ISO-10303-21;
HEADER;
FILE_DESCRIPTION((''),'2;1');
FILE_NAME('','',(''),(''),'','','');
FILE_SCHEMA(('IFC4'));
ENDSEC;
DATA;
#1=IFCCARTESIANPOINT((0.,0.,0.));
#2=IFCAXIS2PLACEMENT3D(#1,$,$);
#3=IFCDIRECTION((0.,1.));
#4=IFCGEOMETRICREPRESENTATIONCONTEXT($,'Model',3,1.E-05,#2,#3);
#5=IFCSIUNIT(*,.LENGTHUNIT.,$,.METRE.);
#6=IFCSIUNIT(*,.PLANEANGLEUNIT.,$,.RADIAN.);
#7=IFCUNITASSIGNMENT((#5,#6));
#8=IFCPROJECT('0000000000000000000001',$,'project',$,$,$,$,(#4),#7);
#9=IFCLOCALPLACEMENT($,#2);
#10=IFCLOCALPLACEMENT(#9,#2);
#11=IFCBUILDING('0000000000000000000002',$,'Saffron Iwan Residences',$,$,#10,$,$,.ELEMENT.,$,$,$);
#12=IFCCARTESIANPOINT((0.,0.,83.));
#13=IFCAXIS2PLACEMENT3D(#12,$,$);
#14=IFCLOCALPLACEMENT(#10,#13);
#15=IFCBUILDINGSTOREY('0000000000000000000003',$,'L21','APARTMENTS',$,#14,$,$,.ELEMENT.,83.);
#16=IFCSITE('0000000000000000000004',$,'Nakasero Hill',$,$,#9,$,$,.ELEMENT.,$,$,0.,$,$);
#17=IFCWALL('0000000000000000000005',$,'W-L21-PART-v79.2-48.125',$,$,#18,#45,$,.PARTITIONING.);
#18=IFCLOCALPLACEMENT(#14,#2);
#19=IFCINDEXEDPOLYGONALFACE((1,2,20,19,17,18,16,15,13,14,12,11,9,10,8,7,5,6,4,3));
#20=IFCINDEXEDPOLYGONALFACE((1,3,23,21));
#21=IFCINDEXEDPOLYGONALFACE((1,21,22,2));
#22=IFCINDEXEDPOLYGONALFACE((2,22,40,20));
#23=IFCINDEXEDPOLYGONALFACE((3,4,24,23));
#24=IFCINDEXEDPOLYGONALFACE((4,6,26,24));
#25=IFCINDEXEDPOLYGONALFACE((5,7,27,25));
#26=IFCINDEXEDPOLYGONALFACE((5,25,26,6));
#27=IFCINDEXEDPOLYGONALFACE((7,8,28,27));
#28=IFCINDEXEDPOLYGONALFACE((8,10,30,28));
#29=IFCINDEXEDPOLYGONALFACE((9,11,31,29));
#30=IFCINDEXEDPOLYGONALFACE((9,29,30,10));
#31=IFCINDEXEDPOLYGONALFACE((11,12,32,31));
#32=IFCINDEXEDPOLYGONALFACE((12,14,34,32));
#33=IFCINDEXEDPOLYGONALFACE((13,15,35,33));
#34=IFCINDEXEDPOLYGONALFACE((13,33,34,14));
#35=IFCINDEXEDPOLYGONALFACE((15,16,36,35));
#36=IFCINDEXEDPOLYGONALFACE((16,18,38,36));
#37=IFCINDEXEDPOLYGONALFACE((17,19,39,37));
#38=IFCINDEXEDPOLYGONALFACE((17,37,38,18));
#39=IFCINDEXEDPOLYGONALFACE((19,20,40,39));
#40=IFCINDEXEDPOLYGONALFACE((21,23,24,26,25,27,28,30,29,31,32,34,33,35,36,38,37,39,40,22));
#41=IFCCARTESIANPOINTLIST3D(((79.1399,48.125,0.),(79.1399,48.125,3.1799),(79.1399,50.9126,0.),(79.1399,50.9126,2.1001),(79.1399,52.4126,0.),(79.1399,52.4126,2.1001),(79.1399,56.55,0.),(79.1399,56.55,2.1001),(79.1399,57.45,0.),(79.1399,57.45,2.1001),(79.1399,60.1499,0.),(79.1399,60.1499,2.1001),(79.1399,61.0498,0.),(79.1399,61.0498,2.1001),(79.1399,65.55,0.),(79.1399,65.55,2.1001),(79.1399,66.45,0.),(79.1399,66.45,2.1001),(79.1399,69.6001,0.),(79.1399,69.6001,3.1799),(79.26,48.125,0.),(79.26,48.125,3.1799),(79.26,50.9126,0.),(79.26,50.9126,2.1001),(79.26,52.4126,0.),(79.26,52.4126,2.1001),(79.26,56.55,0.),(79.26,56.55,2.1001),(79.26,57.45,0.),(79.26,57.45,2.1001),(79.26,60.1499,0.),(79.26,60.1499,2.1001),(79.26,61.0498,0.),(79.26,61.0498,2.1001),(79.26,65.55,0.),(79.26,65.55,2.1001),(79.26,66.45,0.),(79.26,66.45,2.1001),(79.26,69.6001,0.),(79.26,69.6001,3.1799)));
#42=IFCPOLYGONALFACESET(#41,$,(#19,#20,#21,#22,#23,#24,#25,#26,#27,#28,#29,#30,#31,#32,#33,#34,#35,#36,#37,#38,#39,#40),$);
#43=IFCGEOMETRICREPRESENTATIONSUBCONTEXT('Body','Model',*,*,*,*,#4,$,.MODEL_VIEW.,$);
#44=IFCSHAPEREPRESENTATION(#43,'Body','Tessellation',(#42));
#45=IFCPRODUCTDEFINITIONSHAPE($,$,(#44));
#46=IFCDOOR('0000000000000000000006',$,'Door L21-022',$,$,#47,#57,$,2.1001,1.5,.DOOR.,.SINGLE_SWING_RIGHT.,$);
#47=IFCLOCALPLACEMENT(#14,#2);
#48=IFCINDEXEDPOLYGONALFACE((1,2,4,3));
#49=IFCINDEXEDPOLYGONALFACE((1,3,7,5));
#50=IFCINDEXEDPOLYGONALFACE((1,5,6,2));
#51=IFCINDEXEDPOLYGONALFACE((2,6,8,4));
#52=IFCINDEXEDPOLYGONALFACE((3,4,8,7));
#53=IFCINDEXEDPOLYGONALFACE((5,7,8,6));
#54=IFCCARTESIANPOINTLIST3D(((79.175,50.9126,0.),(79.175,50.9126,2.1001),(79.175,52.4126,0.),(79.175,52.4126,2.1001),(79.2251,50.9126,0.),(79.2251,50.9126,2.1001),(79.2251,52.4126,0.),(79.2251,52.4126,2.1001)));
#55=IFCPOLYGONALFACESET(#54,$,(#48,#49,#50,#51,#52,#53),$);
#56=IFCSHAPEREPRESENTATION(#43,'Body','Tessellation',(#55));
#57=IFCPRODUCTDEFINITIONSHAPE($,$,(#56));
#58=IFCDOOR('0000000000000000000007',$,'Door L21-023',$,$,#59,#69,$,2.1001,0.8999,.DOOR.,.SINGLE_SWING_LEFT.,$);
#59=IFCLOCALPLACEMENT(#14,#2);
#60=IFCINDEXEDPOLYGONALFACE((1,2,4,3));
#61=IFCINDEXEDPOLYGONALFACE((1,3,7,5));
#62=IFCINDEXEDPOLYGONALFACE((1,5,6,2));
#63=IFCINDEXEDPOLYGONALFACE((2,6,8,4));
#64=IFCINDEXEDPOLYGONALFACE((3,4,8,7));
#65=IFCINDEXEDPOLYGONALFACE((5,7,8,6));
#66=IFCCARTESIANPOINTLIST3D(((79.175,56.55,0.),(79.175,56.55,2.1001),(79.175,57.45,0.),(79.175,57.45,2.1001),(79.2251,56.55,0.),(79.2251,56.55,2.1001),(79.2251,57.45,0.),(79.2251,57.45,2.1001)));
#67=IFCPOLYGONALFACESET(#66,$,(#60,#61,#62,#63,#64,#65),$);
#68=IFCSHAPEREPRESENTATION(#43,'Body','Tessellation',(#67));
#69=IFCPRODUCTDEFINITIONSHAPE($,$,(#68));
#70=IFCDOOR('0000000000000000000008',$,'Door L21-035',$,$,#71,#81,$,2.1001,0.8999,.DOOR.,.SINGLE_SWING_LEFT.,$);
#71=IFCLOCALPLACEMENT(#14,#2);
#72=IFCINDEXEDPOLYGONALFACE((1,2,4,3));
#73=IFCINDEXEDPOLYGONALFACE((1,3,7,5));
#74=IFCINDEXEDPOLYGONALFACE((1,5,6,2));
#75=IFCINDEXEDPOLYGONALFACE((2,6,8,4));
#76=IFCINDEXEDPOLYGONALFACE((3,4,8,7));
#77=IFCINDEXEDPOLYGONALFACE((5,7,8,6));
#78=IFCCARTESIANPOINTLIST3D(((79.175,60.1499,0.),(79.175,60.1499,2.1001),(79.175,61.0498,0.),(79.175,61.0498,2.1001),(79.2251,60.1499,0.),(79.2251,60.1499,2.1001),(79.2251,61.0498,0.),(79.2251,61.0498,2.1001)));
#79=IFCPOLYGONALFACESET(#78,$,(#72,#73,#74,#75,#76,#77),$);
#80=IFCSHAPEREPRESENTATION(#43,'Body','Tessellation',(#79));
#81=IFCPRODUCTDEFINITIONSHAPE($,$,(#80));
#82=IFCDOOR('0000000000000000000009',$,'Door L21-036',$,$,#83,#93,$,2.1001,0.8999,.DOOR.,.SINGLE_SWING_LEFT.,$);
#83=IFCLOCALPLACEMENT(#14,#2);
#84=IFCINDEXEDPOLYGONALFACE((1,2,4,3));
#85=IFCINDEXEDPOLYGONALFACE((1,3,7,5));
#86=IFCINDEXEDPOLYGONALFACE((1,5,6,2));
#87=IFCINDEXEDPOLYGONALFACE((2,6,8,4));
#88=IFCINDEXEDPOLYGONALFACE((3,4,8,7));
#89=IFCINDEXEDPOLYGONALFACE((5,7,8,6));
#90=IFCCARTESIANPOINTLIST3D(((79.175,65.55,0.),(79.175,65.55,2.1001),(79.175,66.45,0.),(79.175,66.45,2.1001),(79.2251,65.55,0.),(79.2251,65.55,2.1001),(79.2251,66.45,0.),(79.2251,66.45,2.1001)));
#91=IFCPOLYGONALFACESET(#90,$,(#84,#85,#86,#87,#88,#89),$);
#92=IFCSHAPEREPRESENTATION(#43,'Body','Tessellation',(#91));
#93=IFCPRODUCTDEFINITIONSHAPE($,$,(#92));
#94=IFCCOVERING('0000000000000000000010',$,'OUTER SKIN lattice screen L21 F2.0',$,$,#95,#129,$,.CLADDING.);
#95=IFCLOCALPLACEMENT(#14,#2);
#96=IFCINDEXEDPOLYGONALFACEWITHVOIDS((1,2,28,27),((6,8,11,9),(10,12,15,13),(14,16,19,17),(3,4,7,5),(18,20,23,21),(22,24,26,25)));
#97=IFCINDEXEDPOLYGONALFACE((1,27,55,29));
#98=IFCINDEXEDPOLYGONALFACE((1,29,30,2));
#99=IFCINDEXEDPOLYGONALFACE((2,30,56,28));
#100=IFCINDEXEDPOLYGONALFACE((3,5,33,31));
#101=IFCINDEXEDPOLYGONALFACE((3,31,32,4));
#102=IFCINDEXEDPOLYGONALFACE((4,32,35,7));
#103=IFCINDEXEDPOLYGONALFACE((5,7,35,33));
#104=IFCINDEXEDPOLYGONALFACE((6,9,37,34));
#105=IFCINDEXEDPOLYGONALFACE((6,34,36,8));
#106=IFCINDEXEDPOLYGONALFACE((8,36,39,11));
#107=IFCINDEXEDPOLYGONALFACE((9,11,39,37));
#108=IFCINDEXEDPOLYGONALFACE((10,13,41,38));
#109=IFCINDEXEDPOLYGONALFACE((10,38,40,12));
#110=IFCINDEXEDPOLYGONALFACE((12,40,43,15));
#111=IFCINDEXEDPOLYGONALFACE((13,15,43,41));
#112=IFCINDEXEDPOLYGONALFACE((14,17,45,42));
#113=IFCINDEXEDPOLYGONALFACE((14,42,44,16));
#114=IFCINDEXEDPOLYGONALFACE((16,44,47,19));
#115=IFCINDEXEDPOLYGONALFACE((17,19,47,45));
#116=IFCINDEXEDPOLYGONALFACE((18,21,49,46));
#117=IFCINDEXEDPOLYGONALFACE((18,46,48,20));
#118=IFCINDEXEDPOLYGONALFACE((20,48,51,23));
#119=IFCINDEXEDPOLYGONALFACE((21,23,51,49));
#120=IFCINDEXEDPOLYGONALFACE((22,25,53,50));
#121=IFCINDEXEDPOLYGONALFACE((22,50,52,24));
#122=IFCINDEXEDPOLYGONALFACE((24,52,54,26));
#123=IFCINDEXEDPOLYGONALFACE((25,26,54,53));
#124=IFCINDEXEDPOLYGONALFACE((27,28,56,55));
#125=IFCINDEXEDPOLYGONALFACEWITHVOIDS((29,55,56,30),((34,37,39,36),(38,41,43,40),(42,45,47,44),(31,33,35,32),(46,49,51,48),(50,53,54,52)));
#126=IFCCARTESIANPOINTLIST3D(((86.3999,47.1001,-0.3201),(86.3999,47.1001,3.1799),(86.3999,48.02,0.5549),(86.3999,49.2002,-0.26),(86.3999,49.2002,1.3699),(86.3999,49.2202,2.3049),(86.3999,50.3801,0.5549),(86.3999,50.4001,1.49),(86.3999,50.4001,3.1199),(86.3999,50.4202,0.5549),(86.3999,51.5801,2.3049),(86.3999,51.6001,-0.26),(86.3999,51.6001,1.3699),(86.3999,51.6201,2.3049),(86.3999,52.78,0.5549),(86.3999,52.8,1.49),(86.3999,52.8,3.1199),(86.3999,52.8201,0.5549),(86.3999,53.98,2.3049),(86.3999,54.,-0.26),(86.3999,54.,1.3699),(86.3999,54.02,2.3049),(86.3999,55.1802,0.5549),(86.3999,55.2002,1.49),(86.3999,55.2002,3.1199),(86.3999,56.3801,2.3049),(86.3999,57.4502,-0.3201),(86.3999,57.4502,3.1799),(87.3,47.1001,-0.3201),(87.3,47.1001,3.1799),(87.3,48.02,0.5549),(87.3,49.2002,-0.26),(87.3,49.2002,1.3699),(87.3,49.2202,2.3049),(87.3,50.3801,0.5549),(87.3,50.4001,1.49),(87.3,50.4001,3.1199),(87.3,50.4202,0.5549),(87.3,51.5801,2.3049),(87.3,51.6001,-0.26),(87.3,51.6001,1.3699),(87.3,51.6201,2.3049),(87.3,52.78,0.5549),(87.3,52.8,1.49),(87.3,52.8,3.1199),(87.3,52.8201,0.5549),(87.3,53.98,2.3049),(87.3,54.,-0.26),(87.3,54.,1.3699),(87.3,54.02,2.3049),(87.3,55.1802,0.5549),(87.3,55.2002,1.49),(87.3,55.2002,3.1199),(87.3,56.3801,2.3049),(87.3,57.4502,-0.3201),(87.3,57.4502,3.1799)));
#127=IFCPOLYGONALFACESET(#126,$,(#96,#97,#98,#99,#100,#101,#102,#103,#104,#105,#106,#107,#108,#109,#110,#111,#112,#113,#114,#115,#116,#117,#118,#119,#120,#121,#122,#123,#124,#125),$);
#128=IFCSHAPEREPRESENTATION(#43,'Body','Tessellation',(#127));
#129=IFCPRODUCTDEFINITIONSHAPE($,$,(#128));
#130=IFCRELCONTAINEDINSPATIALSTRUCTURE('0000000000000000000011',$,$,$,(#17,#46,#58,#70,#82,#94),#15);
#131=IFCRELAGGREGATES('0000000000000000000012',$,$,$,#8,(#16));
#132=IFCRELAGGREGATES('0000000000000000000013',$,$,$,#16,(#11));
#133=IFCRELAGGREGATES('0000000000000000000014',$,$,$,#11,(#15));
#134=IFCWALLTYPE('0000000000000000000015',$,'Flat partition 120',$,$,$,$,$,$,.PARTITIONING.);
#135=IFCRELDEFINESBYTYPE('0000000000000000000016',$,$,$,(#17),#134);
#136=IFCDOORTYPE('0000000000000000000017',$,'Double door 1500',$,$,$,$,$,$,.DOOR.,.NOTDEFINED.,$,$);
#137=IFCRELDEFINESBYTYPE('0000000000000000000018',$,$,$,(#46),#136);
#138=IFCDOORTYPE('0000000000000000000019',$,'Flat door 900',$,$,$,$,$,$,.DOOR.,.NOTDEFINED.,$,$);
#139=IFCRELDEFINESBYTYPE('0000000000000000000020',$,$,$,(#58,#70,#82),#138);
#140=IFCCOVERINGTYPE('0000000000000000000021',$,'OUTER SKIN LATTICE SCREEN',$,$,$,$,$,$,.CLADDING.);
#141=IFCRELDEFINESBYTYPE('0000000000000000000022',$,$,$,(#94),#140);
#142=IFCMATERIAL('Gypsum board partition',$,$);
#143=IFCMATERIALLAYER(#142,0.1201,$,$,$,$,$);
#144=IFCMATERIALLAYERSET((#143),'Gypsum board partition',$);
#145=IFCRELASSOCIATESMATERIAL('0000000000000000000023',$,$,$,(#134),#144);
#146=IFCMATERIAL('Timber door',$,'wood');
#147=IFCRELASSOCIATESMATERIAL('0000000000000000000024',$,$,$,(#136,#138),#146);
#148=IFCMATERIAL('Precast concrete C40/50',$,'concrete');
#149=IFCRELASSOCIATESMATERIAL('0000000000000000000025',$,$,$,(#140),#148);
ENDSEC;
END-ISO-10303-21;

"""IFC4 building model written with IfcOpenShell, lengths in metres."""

from ifc_helpers import new_model, si_unit, direction, frame, frame_2d, origin, place, context, subcontext, project, spatial, polyline, rectangle, outline, extrude, material, layer, layer_set, type_object, element, fill, save


model = new_model("IFC4")

# Units and contexts
model_context = context("Model", 3, precision=1e-05, world=origin(), true_north=direction((0.0, 1.0)))
body_context = subcontext(model_context, "Body", "Model", "MODEL_VIEW")
ifc_project = project(units=[si_unit("LENGTHUNIT", "METRE"), si_unit("PLANEANGLEUNIT", "RADIAN")], contexts=[model_context])

# Site, building, storey
site_placement = place(None, origin())
site = spatial("IfcSite", under=ifc_project, at=site_placement, Name="Nakasero Hill", CompositionType="ELEMENT", RefElevation=0.0)
building_placement = place(site_placement, origin())
building = spatial("IfcBuilding", under=site, at=building_placement, Name="Saffron Iwan Residences", CompositionType="ELEMENT")
storey_placement = place(building_placement, frame((0.0, 0.0, 83.0)))
storey = spatial("IfcBuildingStorey", under=building, at=storey_placement, Name="L21", Description="APARTMENTS", CompositionType="ELEMENT", Elevation=83.0)

# Shared definitions
ifc_material_1 = material(Name="Gypsum board partition")
ifc_layer_1 = layer(ifc_material_1, 0.1201)
ifc_layer_set_1 = layer_set([ifc_layer_1], Name="Gypsum board partition")
wall_type_1 = type_object("IfcWallType", Name="Flat partition 120", PredefinedType="PARTITIONING", material=ifc_layer_set_1)

# Wall, openings, doors
wall_1_placement = place(storey_placement, frame((79.2, 48.125, 0.0), z_axis=(0.0, 0.0, 1.0), x_axis=(0.0, 1.0, 0.0)))
wall_1 = element("IfcWall", 1, at=wall_1_placement, inside=storey, type_object=wall_type_1, Name="W-L21-PART-v79.2-48.125", PredefinedType="PARTITIONING", context=body_context, shape_type="SweptSolid", body=[
    extrude(rectangle(XDim=21.4751, YDim=0.1201, at=frame_2d((10.7375, 0.0))), origin(), (0.0, 0.0, 1.0), 3.1799),
])
opening_1_placement = place(wall_1_placement, frame((2.7876, 0.0, 0.0)))
opening_1 = element("IfcOpeningElement", 2, at=opening_1_placement, cuts=wall_1, PredefinedType="OPENING", context=body_context, shape_type="SweptSolid", body=[
    extrude(rectangle(XDim=1.5, YDim=2.1001, at=frame_2d((0.75, 1.05))), frame((0.0, 0.0701, 0.0), z_axis=(0.0, -1.0, 0.0), x_axis=(1.0, 0.0, 0.0)), (0.0, 0.0, 1.0), 0.1401),
])
opening_2_placement = place(wall_1_placement, frame((8.425, 0.0, 0.0)))
opening_2 = element("IfcOpeningElement", 3, at=opening_2_placement, cuts=wall_1, PredefinedType="OPENING", context=body_context, shape_type="SweptSolid", body=[
    extrude(rectangle(XDim=0.8999, YDim=2.1001, at=frame_2d((0.45, 1.05))), frame((0.0, 0.0701, 0.0), z_axis=(0.0, -1.0, 0.0), x_axis=(1.0, 0.0, 0.0)), (0.0, 0.0, 1.0), 0.1401),
])
opening_3_placement = place(wall_1_placement, frame((12.0249, 0.0, 0.0)))
opening_3 = element("IfcOpeningElement", 4, at=opening_3_placement, cuts=wall_1, PredefinedType="OPENING", context=body_context, shape_type="SweptSolid", body=[
    extrude(rectangle(XDim=0.8999, YDim=2.1001, at=frame_2d((0.45, 1.05))), frame((0.0, 0.0701, 0.0), z_axis=(0.0, -1.0, 0.0), x_axis=(1.0, 0.0, 0.0)), (0.0, 0.0, 1.0), 0.1401),
])
opening_4_placement = place(wall_1_placement, frame((17.425, 0.0, 0.0)))
opening_4 = element("IfcOpeningElement", 5, at=opening_4_placement, cuts=wall_1, PredefinedType="OPENING", context=body_context, shape_type="SweptSolid", body=[
    extrude(rectangle(XDim=0.8999, YDim=2.1001, at=frame_2d((0.45, 1.05))), frame((0.0, 0.0701, 0.0), z_axis=(0.0, -1.0, 0.0), x_axis=(1.0, 0.0, 0.0)), (0.0, 0.0, 1.0), 0.1401),
])
ifc_material_2 = material(Name="Timber door", Category="wood")
door_type_1 = type_object("IfcDoorType", Name="Double door 1500", OperationType="NOTDEFINED", PredefinedType="DOOR", material=ifc_material_2)
door_1_placement = place(opening_1_placement, origin())
door_1 = element("IfcDoor", 6, at=door_1_placement, inside=storey, type_object=door_type_1, Name="Door L21-022", OperationType="SINGLE_SWING_RIGHT", OverallHeight=2.1001, OverallWidth=1.5, PredefinedType="DOOR", context=body_context, shape_type="SweptSolid", body=[
    extrude(rectangle(XDim=1.5, YDim=2.1001, at=frame_2d((0.75, 1.05))), frame((0.0, 0.0249, 0.0), z_axis=(0.0, -1.0, 0.0), x_axis=(1.0, 0.0, 0.0)), (0.0, 0.0, 1.0), 0.05),
])
fill(opening_1, door_1)
door_type_2 = type_object("IfcDoorType", Name="Flat door 900", OperationType="NOTDEFINED", PredefinedType="DOOR", material=ifc_material_2)
door_2_placement = place(opening_2_placement, origin())
door_2 = element("IfcDoor", 7, at=door_2_placement, inside=storey, type_object=door_type_2, Name="Door L21-023", OperationType="SINGLE_SWING_LEFT", OverallHeight=2.1001, OverallWidth=0.8999, PredefinedType="DOOR", context=body_context, shape_type="SweptSolid", body=[
    extrude(rectangle(XDim=0.8999, YDim=2.1001, at=frame_2d((0.45, 1.05))), frame((0.0, 0.0249, 0.0), z_axis=(0.0, -1.0, 0.0), x_axis=(1.0, 0.0, 0.0)), (0.0, 0.0, 1.0), 0.05),
])
fill(opening_2, door_2)
door_3_placement = place(opening_3_placement, origin())
door_3 = element("IfcDoor", 8, at=door_3_placement, inside=storey, type_object=door_type_2, Name="Door L21-035", OperationType="SINGLE_SWING_LEFT", OverallHeight=2.1001, OverallWidth=0.8999, PredefinedType="DOOR", context=body_context, shape_type="SweptSolid", body=[
    extrude(rectangle(XDim=0.8999, YDim=2.1001, at=frame_2d((0.45, 1.05))), frame((0.0, 0.0249, 0.0), z_axis=(0.0, -1.0, 0.0), x_axis=(1.0, 0.0, 0.0)), (0.0, 0.0, 1.0), 0.05),
])
fill(opening_3, door_3)
door_4_placement = place(opening_4_placement, origin())
door_4 = element("IfcDoor", 9, at=door_4_placement, inside=storey, type_object=door_type_2, Name="Door L21-036", OperationType="SINGLE_SWING_LEFT", OverallHeight=2.1001, OverallWidth=0.8999, PredefinedType="DOOR", context=body_context, shape_type="SweptSolid", body=[
    extrude(rectangle(XDim=0.8999, YDim=2.1001, at=frame_2d((0.45, 1.05))), frame((0.0, 0.0249, 0.0), z_axis=(0.0, -1.0, 0.0), x_axis=(1.0, 0.0, 0.0)), (0.0, 0.0, 1.0), 0.05),
])
fill(opening_4, door_4)

# Covering
ifc_material_3 = material(Name="Precast concrete C40/50", Category="concrete")
covering_type = type_object("IfcCoveringType", Name="OUTER SKIN LATTICE SCREEN", PredefinedType="CLADDING", material=ifc_material_3)
covering_placement = place(storey_placement, frame((86.3999, 47.1001, -0.3201), z_axis=(1.0, 0.0, 0.0), x_axis=(0.0, 1.0, 0.0)))
element("IfcCovering", 10, at=covering_placement, inside=storey, type_object=covering_type, Name="OUTER SKIN lattice screen L21 F2.0", PredefinedType="CLADDING", context=body_context, shape_type="SweptSolid", body=[
    extrude(outline(polyline([(0.0, 0.0), (10.3501, 0.0), (10.3501, 3.5), (0.0, 3.5), (0.0, 0.0)]), holes=[polyline([(0.9199, 0.875), (2.1001, 0.0601), (3.28, 0.875), (2.1001, 1.6899), (0.9199, 0.875)]), polyline([(3.3201, 0.875), (4.5, 0.0601), (5.6799, 0.875), (4.5, 1.6899), (3.3201, 0.875)]), polyline([(5.72, 0.875), (6.8999, 0.0601), (8.0801, 0.875), (6.8999, 1.6899), (5.72, 0.875)]), polyline([(2.1201, 2.625), (3.3, 1.8101), (4.48, 2.625), (3.3, 3.4399), (2.1201, 2.625)]), polyline([(4.52, 2.625), (5.7, 1.8101), (6.8799, 2.625), (5.7, 3.4399), (4.52, 2.625)]), polyline([(6.9199, 2.625), (8.1001, 1.8101), (9.28, 2.625), (8.1001, 3.4399), (6.9199, 2.625)])]), origin(), (0.0, 0.0, 1.0), 0.9001),
])

save(model, "model.ifc")
